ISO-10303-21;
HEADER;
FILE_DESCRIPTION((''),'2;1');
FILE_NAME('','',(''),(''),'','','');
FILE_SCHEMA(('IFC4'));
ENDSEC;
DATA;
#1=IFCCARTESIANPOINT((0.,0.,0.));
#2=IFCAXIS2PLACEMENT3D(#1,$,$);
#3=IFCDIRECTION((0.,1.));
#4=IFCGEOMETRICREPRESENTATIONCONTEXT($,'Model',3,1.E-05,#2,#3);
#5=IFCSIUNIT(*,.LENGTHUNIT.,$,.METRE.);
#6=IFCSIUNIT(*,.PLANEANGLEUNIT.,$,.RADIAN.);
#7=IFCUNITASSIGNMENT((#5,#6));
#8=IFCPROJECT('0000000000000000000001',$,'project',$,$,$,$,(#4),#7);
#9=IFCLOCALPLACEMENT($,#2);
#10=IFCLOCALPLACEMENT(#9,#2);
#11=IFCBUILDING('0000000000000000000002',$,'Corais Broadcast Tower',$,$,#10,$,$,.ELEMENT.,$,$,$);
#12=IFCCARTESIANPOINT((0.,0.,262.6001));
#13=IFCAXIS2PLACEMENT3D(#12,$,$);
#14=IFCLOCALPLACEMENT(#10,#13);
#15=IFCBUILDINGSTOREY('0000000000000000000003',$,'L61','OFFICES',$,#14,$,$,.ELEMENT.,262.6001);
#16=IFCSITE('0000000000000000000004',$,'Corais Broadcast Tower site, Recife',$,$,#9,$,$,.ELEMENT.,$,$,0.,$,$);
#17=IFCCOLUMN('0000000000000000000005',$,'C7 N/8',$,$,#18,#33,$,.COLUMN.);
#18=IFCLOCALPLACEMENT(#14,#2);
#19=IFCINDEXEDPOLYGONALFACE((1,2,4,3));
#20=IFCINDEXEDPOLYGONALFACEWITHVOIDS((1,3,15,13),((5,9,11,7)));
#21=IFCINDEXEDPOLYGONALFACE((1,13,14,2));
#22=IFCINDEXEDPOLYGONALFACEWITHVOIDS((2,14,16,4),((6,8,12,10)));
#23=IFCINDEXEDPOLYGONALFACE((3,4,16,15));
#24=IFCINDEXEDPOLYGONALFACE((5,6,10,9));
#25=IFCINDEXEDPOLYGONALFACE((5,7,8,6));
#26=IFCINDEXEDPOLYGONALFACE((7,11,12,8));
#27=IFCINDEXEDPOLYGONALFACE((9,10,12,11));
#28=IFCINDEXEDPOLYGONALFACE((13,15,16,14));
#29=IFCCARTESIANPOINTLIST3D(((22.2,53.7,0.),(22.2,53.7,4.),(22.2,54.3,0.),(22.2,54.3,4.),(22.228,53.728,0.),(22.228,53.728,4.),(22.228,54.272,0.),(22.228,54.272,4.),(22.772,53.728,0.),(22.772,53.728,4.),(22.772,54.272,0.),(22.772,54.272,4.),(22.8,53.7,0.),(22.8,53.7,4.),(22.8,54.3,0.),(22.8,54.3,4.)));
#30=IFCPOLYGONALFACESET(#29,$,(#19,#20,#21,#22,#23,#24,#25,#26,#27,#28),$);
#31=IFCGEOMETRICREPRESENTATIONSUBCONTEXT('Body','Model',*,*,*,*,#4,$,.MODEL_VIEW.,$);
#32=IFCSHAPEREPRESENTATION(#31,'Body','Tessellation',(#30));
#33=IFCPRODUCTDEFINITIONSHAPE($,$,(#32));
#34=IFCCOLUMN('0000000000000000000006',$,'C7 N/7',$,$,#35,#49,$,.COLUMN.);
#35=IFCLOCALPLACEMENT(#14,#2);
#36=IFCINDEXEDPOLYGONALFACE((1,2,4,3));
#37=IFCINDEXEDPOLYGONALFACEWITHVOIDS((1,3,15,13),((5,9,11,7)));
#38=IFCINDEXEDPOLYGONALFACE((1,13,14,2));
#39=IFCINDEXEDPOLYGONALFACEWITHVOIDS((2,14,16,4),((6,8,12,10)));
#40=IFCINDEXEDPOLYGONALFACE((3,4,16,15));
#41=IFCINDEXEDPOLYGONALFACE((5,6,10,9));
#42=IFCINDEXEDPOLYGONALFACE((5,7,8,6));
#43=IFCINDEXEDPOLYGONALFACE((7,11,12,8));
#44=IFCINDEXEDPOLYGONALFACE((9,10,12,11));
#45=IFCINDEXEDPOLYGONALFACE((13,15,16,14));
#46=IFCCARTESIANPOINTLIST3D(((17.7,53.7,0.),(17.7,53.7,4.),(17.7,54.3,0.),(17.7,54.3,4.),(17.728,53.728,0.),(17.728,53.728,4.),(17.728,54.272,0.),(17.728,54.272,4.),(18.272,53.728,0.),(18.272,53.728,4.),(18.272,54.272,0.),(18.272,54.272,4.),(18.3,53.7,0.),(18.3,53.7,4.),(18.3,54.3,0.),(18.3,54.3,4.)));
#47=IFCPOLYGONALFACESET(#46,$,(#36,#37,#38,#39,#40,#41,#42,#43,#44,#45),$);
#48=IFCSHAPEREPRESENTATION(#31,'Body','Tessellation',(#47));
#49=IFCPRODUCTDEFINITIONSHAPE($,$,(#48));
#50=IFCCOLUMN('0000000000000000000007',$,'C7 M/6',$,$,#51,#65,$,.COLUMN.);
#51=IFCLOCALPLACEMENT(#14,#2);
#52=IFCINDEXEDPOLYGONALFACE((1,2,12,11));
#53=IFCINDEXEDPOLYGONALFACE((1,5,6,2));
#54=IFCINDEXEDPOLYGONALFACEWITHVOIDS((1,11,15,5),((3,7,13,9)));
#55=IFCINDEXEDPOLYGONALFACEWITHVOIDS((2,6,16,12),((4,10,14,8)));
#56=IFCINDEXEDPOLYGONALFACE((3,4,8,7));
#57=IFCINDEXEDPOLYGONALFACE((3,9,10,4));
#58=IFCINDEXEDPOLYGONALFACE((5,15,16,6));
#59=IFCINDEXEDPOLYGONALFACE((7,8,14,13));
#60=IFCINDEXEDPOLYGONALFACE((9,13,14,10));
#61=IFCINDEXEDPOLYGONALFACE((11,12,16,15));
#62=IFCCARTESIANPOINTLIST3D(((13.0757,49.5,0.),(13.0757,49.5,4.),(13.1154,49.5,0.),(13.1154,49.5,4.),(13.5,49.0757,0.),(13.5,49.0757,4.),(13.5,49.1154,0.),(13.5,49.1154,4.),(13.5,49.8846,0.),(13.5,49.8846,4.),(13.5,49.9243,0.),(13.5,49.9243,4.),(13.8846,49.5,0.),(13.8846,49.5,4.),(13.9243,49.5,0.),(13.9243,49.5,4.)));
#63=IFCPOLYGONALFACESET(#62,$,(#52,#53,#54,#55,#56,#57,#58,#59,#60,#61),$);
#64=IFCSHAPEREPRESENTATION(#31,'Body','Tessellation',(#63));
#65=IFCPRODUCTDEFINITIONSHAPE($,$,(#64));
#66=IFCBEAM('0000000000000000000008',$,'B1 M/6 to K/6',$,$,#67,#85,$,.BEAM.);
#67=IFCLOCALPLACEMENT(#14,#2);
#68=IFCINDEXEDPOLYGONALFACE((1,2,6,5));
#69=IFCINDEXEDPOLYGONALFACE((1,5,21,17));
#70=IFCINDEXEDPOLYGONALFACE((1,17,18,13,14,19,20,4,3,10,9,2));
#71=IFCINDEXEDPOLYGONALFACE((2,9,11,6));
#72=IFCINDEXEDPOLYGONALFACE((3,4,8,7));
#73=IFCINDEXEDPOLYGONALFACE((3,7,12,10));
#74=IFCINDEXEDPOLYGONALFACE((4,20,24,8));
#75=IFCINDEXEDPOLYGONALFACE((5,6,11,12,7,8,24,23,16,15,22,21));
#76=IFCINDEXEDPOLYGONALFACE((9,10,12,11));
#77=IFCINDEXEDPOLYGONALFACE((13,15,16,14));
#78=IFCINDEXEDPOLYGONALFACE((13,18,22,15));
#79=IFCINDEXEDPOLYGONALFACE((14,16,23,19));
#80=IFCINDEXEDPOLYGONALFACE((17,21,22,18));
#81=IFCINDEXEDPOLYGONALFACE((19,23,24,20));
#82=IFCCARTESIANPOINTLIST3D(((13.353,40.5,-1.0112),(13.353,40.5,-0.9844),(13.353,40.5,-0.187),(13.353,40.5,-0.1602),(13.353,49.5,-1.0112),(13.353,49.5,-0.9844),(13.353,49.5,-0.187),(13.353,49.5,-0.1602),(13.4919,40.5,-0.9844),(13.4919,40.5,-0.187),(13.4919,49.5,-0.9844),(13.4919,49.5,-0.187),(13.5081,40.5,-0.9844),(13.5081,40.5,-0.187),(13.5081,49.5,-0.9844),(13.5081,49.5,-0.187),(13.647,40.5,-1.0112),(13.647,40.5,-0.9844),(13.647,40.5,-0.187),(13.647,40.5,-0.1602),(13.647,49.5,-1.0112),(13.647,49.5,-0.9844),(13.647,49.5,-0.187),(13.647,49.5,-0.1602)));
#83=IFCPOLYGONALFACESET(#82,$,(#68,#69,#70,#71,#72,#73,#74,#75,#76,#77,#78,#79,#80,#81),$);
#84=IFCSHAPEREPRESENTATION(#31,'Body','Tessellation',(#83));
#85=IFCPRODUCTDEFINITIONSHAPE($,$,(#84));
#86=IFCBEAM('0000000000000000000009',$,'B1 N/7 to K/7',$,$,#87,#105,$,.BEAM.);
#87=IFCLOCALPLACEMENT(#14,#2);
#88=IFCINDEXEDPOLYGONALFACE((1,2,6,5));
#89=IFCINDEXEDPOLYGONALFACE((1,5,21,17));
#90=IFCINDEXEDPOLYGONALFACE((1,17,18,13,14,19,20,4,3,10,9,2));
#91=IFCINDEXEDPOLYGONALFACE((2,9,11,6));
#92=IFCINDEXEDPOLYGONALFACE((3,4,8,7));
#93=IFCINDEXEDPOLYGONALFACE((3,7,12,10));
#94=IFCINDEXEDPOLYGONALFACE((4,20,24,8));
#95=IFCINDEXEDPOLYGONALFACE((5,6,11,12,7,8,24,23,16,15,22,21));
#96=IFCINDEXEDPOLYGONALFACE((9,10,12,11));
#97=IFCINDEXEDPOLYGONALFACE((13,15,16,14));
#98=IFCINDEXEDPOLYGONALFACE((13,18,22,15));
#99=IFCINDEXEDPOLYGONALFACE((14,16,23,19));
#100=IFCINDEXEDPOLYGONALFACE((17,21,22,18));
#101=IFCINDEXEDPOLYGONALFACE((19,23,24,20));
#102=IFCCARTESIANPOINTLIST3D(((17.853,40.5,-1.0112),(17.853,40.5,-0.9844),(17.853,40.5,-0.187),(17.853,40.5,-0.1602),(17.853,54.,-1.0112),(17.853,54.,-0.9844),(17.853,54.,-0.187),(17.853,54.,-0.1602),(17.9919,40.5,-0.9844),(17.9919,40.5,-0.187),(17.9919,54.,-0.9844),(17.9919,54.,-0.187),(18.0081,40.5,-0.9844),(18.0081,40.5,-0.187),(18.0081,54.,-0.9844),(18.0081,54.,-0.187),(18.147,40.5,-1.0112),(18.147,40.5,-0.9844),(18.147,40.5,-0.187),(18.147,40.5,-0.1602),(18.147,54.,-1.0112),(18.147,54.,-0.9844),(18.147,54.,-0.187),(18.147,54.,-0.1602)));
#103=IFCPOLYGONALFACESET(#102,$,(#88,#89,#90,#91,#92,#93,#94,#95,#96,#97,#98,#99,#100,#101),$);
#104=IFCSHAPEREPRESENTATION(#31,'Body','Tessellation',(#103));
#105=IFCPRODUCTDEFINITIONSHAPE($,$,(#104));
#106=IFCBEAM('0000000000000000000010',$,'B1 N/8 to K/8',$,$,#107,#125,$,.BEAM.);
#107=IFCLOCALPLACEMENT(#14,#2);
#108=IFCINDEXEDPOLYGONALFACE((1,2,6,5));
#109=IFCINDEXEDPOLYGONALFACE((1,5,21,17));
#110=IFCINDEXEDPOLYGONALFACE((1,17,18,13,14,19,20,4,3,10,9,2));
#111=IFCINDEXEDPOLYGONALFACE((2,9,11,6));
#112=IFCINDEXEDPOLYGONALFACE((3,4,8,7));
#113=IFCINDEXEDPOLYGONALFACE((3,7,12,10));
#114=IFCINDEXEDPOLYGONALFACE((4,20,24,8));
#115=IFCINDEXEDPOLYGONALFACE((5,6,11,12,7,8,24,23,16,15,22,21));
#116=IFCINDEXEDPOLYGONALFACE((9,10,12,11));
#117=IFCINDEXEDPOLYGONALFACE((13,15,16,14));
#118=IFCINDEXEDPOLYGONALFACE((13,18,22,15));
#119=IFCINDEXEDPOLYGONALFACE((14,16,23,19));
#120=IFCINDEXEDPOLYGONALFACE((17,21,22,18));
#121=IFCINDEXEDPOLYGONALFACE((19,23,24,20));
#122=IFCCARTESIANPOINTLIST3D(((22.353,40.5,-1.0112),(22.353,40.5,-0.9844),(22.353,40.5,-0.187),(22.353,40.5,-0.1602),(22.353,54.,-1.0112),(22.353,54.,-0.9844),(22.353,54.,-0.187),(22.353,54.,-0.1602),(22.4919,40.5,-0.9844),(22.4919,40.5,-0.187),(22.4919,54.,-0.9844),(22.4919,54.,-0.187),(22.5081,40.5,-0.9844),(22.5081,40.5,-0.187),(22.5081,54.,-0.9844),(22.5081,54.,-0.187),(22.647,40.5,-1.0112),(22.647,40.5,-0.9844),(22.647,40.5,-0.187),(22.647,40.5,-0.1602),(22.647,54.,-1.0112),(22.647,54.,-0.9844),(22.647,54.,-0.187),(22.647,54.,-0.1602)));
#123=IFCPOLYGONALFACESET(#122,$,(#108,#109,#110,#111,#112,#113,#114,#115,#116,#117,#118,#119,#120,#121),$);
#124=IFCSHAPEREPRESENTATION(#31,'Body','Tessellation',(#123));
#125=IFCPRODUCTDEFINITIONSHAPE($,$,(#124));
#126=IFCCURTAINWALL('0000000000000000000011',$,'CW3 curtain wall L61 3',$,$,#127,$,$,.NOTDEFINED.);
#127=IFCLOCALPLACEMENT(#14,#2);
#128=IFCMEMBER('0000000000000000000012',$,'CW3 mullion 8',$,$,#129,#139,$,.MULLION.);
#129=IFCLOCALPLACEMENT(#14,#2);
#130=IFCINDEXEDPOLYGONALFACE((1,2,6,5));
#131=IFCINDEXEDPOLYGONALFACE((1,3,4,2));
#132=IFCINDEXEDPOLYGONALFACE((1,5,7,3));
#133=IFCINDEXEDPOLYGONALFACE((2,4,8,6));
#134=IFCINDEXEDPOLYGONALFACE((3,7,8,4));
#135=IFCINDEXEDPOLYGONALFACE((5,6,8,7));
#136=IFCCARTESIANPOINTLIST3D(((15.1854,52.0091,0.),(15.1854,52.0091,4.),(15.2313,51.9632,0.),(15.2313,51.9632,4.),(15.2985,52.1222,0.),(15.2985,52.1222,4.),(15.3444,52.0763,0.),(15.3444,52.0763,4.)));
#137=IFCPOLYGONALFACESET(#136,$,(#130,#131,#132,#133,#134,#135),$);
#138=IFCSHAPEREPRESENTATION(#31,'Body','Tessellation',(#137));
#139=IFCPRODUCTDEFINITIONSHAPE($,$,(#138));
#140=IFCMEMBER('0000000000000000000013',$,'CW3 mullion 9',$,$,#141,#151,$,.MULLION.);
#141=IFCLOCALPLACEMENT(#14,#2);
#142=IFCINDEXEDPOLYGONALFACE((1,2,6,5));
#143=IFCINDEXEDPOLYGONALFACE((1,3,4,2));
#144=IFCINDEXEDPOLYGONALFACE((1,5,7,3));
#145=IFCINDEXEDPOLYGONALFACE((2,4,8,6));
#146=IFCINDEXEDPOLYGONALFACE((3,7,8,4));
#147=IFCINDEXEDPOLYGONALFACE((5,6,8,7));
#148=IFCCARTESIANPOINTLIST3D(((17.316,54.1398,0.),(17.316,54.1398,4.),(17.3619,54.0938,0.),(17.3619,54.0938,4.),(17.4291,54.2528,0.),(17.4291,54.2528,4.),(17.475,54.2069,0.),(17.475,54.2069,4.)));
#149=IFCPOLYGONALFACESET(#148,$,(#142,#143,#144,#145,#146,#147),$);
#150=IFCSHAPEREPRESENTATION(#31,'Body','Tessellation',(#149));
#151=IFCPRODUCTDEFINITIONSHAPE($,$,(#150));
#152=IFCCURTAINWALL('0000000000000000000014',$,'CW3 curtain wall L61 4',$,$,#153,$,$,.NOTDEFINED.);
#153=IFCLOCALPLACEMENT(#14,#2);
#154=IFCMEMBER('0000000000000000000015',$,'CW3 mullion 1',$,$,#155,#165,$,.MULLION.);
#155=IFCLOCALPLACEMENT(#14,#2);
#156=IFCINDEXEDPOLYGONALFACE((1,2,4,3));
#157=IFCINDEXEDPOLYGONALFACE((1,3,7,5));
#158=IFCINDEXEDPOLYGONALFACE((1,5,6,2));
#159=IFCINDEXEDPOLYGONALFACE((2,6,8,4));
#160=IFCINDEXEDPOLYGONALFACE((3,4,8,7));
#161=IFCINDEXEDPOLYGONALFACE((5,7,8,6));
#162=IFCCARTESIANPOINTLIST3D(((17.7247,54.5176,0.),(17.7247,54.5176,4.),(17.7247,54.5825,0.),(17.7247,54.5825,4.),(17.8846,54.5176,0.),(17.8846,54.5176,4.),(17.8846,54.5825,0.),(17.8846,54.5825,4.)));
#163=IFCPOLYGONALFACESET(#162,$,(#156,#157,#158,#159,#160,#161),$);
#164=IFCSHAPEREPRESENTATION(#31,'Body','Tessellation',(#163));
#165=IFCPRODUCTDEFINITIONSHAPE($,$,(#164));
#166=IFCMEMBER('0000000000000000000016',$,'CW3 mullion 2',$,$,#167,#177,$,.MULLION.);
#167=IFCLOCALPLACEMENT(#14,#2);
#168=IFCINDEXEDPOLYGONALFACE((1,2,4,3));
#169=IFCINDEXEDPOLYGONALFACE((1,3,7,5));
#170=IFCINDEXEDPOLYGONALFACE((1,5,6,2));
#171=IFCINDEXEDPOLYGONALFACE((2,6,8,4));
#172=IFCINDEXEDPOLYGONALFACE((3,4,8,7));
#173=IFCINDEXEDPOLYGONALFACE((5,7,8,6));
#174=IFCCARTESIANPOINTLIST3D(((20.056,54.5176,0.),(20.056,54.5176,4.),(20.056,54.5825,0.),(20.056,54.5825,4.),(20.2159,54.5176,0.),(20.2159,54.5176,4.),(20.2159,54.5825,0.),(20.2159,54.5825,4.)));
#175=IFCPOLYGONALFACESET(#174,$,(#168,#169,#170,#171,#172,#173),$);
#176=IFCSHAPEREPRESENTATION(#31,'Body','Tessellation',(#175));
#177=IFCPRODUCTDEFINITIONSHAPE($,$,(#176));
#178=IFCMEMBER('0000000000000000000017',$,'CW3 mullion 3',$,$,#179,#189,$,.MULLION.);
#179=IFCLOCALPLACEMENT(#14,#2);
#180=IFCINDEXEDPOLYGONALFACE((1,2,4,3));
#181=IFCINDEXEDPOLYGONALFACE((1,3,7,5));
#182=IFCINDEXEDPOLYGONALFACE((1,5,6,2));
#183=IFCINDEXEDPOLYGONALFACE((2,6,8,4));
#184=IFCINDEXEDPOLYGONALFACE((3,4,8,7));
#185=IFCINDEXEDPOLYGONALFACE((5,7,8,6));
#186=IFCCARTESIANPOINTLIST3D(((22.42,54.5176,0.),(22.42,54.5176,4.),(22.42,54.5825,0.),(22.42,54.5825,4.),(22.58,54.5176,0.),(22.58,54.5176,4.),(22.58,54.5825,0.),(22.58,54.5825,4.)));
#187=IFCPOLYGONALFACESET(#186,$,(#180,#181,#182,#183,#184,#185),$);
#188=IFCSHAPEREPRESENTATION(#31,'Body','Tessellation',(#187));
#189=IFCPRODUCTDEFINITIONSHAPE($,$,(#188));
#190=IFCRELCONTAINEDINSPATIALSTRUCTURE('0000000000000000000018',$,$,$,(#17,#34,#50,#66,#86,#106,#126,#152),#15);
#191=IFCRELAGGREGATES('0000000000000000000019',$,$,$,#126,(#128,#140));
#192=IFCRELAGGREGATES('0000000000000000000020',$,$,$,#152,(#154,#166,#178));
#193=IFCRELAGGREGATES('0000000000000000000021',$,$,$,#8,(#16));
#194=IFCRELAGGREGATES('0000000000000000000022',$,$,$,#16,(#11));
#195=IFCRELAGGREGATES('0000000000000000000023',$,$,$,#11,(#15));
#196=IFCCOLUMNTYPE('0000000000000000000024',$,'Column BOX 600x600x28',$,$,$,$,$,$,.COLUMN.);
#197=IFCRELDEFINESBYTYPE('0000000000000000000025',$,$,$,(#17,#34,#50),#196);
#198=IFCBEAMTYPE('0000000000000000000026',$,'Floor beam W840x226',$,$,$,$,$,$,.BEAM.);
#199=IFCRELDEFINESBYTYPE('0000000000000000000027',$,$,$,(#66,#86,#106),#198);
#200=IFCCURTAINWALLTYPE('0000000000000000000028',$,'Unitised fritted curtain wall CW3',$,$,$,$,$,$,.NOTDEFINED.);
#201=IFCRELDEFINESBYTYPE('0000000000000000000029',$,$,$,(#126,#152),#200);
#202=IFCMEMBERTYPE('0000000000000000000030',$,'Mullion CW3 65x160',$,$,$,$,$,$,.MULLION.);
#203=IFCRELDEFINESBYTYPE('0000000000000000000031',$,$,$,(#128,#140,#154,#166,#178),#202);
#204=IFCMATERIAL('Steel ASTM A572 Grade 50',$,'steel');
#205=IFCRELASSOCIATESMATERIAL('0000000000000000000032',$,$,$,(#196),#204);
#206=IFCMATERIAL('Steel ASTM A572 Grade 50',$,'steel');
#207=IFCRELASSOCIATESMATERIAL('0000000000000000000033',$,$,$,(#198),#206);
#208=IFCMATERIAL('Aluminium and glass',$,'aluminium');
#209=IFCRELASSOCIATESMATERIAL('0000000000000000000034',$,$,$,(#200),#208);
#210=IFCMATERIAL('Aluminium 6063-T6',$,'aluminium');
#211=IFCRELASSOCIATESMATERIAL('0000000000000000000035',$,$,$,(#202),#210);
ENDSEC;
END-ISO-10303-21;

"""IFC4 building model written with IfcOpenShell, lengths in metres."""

from ifc_helpers import new_model, si_unit, direction, frame, origin, origin_2d, place, context, subcontext, project, spatial, rectangle, hollow_rectangle, i_section, extrude, material, material_profile, profile_set, type_object, element, aggregate, save


model = new_model("IFC4")

# Units and contexts
model_context = context("Model", 3, precision=1e-05, world=origin(), true_north=direction((0.0, 1.0)))
body_context = subcontext(model_context, "Body", "Model", "MODEL_VIEW")
ifc_project = project(units=[si_unit("LENGTHUNIT", "METRE"), si_unit("PLANEANGLEUNIT", "RADIAN")], contexts=[model_context])

# Site, building, storey
site_placement = place(None, origin())
site = spatial("IfcSite", under=ifc_project, at=site_placement, Name="Corais Broadcast Tower site, Recife", CompositionType="ELEMENT", RefElevation=0.0)
building_placement = place(site_placement, origin())
building = spatial("IfcBuilding", under=site, at=building_placement, Name="Corais Broadcast Tower", CompositionType="ELEMENT")
storey_placement = place(building_placement, frame((0.0, 0.0, 262.6001)))
storey = spatial("IfcBuildingStorey", under=building, at=storey_placement, Name="L61", Description="OFFICES", CompositionType="ELEMENT", Elevation=262.6001)

# Columns
ifc_material_1 = material(Name="Steel ASTM A572 Grade 50", Category="steel")
ifc_material_profile_1 = material_profile(ifc_material_1, hollow_rectangle(XDim=0.6001, YDim=0.6001, WallThickness=0.0281, at=origin_2d()), Name="BOX 600x600x28")
ifc_profile_set_1 = profile_set([ifc_material_profile_1], Name="Steel ASTM A572 Grade 50")
column_type = type_object("IfcColumnType", Name="Column BOX 600x600x28", PredefinedType="COLUMN", material=ifc_profile_set_1)
for number, where, z_axis, x_axis, name in (
    (1, (22.5, 54.0, 0.0), (0.0, 0.0, 1.0), (1.0, 0.0, 0.0), "C7 N/8"),
    (2, (18.0, 54.0, 0.0), (0.0, 0.0, 1.0), (1.0, 0.0, 0.0), "C7 N/7"),
    (3, (13.5, 49.5, 0.0), (0.0, 0.0, 1.0), (0.707107, 0.707107, 0.0), "C7 M/6"),
):
    element("IfcColumn", number, at=place(storey_placement, frame(where, z_axis=z_axis, x_axis=x_axis)), inside=storey, type_object=column_type, Name=name, PredefinedType="COLUMN", context=body_context, shape_type="SweptSolid", body=[
        extrude(hollow_rectangle(XDim=0.6001, YDim=0.6001, WallThickness=0.0281, at=origin_2d()), origin(), (0.0, 0.0, 1.0), 4.0),
    ])

# Beams
ifc_material_2 = material(Name="Steel ASTM A572 Grade 50", Category="steel")
ifc_material_profile_2 = material_profile(ifc_material_2, i_section(OverallWidth=0.2939, OverallDepth=0.8511, WebThickness=0.0161, FlangeThickness=0.0269, at=origin_2d()), Name="W840x226")
ifc_profile_set_2 = profile_set([ifc_material_profile_2], Name="Steel ASTM A572 Grade 50")
beam_type_1 = type_object("IfcBeamType", Name="Floor beam W840x226", PredefinedType="BEAM", material=ifc_profile_set_2)
beam_1_placement = place(storey_placement, frame((13.5, 49.5, -0.5857), z_axis=(0.0, -1.0, 0.0), x_axis=(1.0, 0.0, 0.0)))
element("IfcBeam", 4, at=beam_1_placement, inside=storey, type_object=beam_type_1, Name="B1 M/6 to K/6", PredefinedType="BEAM", context=body_context, shape_type="SweptSolid", body=[
    extrude(i_section(OverallWidth=0.2939, OverallDepth=0.8511, WebThickness=0.0161, FlangeThickness=0.0269, at=origin_2d()), origin(), (0.0, 0.0, 1.0), 9.0),
])
for number, where, z_axis, x_axis, name in (
    (5, (18.0, 54.0, -0.5857), (0.0, -1.0, 0.0), (1.0, 0.0, 0.0), "B1 N/7 to K/7"),
    (6, (22.5, 54.0, -0.5857), (0.0, -1.0, 0.0), (1.0, 0.0, 0.0), "B1 N/8 to K/8"),
):
    element("IfcBeam", number, at=place(storey_placement, frame(where, z_axis=z_axis, x_axis=x_axis)), inside=storey, type_object=beam_type_1, Name=name, PredefinedType="BEAM", context=body_context, shape_type="SweptSolid", body=[
        extrude(i_section(OverallWidth=0.2939, OverallDepth=0.8511, WebThickness=0.0161, FlangeThickness=0.0269, at=origin_2d()), origin(), (0.0, 0.0, 1.0), 13.5),
    ])

# Curtain walls, members
ifc_material_3 = material(Name="Aluminium and glass", Category="aluminium")
curtain_wall_type = type_object("IfcCurtainWallType", Name="Unitised fritted curtain wall CW3", PredefinedType="NOTDEFINED", material=ifc_material_3)
curtain_wall_1_placement = place(storey_placement, origin())
curtain_wall_1 = element("IfcCurtainWall", 7, at=curtain_wall_1_placement, inside=storey, type_object=curtain_wall_type, Name="CW3 curtain wall L61 3", PredefinedType="NOTDEFINED")
ifc_material_4 = material(Name="Aluminium 6063-T6", Category="aluminium")
ifc_material_profile_3 = material_profile(ifc_material_4, rectangle(XDim=0.0649, YDim=0.1599, at=origin_2d()), Name="Mullion CW3 65x160")
ifc_profile_set_3 = profile_set([ifc_material_profile_3], Name="Aluminium 6063-T6")
member_type_1 = type_object("IfcMemberType", Name="Mullion CW3 65x160", PredefinedType="MULLION", material=ifc_profile_set_3)
member_1_placement = place(storey_placement, frame((15.2649, 52.0427, 0.0), z_axis=(0.0, 0.0, 1.0), x_axis=(-0.707107, 0.707107, 0.0)))
member_1 = element("IfcMember", 8, at=member_1_placement, type_object=member_type_1, Name="CW3 mullion 8", PredefinedType="MULLION", context=body_context, shape_type="SweptSolid", body=[
    extrude(rectangle(XDim=0.0649, YDim=0.1599, at=origin_2d()), origin(), (0.0, 0.0, 1.0), 4.0),
])
member_2_placement = place(storey_placement, frame((17.3955, 54.1733, 0.0), z_axis=(0.0, 0.0, 1.0), x_axis=(-0.707107, 0.707107, 0.0)))
member_2 = element("IfcMember", 9, at=member_2_placement, type_object=member_type_1, Name="CW3 mullion 9", PredefinedType="MULLION", context=body_context, shape_type="SweptSolid", body=[
    extrude(rectangle(XDim=0.0649, YDim=0.1599, at=origin_2d()), origin(), (0.0, 0.0, 1.0), 4.0),
])
curtain_wall_2_placement = place(storey_placement, origin())
curtain_wall_2 = element("IfcCurtainWall", 10, at=curtain_wall_2_placement, inside=storey, type_object=curtain_wall_type, Name="CW3 curtain wall L61 4", PredefinedType="NOTDEFINED")
member_3_placement = place(storey_placement, frame((17.8047, 54.55, 0.0), z_axis=(0.0, 0.0, 1.0), x_axis=(0.0, 1.0, 0.0)))
member_3 = element("IfcMember", 11, at=member_3_placement, type_object=member_type_1, Name="CW3 mullion 1", PredefinedType="MULLION", context=body_context, shape_type="SweptSolid", body=[
    extrude(rectangle(XDim=0.0649, YDim=0.1599, at=origin_2d()), origin(), (0.0, 0.0, 1.0), 4.0),
])
member_4_placement = place(storey_placement, frame((20.136, 54.55, 0.0), z_axis=(0.0, 0.0, 1.0), x_axis=(0.0, 1.0, 0.0)))
member_4 = element("IfcMember", 12, at=member_4_placement, type_object=member_type_1, Name="CW3 mullion 2", PredefinedType="MULLION", context=body_context, shape_type="SweptSolid", body=[
    extrude(rectangle(XDim=0.0649, YDim=0.1599, at=origin_2d()), origin(), (0.0, 0.0, 1.0), 4.0),
])
member_5_placement = place(storey_placement, frame((22.5, 54.55, 0.0), z_axis=(0.0, 0.0, 1.0), x_axis=(0.0, 1.0, 0.0)))
member_5 = element("IfcMember", 13, at=member_5_placement, type_object=member_type_1, Name="CW3 mullion 3", PredefinedType="MULLION", context=body_context, shape_type="SweptSolid", body=[
    extrude(rectangle(XDim=0.0649, YDim=0.1599, at=origin_2d()), origin(), (0.0, 0.0, 1.0), 4.0),
])

aggregate(curtain_wall_1, [member_1, member_2])
aggregate(curtain_wall_2, [member_3, member_4, member_5])

save(model, "model.ifc")
